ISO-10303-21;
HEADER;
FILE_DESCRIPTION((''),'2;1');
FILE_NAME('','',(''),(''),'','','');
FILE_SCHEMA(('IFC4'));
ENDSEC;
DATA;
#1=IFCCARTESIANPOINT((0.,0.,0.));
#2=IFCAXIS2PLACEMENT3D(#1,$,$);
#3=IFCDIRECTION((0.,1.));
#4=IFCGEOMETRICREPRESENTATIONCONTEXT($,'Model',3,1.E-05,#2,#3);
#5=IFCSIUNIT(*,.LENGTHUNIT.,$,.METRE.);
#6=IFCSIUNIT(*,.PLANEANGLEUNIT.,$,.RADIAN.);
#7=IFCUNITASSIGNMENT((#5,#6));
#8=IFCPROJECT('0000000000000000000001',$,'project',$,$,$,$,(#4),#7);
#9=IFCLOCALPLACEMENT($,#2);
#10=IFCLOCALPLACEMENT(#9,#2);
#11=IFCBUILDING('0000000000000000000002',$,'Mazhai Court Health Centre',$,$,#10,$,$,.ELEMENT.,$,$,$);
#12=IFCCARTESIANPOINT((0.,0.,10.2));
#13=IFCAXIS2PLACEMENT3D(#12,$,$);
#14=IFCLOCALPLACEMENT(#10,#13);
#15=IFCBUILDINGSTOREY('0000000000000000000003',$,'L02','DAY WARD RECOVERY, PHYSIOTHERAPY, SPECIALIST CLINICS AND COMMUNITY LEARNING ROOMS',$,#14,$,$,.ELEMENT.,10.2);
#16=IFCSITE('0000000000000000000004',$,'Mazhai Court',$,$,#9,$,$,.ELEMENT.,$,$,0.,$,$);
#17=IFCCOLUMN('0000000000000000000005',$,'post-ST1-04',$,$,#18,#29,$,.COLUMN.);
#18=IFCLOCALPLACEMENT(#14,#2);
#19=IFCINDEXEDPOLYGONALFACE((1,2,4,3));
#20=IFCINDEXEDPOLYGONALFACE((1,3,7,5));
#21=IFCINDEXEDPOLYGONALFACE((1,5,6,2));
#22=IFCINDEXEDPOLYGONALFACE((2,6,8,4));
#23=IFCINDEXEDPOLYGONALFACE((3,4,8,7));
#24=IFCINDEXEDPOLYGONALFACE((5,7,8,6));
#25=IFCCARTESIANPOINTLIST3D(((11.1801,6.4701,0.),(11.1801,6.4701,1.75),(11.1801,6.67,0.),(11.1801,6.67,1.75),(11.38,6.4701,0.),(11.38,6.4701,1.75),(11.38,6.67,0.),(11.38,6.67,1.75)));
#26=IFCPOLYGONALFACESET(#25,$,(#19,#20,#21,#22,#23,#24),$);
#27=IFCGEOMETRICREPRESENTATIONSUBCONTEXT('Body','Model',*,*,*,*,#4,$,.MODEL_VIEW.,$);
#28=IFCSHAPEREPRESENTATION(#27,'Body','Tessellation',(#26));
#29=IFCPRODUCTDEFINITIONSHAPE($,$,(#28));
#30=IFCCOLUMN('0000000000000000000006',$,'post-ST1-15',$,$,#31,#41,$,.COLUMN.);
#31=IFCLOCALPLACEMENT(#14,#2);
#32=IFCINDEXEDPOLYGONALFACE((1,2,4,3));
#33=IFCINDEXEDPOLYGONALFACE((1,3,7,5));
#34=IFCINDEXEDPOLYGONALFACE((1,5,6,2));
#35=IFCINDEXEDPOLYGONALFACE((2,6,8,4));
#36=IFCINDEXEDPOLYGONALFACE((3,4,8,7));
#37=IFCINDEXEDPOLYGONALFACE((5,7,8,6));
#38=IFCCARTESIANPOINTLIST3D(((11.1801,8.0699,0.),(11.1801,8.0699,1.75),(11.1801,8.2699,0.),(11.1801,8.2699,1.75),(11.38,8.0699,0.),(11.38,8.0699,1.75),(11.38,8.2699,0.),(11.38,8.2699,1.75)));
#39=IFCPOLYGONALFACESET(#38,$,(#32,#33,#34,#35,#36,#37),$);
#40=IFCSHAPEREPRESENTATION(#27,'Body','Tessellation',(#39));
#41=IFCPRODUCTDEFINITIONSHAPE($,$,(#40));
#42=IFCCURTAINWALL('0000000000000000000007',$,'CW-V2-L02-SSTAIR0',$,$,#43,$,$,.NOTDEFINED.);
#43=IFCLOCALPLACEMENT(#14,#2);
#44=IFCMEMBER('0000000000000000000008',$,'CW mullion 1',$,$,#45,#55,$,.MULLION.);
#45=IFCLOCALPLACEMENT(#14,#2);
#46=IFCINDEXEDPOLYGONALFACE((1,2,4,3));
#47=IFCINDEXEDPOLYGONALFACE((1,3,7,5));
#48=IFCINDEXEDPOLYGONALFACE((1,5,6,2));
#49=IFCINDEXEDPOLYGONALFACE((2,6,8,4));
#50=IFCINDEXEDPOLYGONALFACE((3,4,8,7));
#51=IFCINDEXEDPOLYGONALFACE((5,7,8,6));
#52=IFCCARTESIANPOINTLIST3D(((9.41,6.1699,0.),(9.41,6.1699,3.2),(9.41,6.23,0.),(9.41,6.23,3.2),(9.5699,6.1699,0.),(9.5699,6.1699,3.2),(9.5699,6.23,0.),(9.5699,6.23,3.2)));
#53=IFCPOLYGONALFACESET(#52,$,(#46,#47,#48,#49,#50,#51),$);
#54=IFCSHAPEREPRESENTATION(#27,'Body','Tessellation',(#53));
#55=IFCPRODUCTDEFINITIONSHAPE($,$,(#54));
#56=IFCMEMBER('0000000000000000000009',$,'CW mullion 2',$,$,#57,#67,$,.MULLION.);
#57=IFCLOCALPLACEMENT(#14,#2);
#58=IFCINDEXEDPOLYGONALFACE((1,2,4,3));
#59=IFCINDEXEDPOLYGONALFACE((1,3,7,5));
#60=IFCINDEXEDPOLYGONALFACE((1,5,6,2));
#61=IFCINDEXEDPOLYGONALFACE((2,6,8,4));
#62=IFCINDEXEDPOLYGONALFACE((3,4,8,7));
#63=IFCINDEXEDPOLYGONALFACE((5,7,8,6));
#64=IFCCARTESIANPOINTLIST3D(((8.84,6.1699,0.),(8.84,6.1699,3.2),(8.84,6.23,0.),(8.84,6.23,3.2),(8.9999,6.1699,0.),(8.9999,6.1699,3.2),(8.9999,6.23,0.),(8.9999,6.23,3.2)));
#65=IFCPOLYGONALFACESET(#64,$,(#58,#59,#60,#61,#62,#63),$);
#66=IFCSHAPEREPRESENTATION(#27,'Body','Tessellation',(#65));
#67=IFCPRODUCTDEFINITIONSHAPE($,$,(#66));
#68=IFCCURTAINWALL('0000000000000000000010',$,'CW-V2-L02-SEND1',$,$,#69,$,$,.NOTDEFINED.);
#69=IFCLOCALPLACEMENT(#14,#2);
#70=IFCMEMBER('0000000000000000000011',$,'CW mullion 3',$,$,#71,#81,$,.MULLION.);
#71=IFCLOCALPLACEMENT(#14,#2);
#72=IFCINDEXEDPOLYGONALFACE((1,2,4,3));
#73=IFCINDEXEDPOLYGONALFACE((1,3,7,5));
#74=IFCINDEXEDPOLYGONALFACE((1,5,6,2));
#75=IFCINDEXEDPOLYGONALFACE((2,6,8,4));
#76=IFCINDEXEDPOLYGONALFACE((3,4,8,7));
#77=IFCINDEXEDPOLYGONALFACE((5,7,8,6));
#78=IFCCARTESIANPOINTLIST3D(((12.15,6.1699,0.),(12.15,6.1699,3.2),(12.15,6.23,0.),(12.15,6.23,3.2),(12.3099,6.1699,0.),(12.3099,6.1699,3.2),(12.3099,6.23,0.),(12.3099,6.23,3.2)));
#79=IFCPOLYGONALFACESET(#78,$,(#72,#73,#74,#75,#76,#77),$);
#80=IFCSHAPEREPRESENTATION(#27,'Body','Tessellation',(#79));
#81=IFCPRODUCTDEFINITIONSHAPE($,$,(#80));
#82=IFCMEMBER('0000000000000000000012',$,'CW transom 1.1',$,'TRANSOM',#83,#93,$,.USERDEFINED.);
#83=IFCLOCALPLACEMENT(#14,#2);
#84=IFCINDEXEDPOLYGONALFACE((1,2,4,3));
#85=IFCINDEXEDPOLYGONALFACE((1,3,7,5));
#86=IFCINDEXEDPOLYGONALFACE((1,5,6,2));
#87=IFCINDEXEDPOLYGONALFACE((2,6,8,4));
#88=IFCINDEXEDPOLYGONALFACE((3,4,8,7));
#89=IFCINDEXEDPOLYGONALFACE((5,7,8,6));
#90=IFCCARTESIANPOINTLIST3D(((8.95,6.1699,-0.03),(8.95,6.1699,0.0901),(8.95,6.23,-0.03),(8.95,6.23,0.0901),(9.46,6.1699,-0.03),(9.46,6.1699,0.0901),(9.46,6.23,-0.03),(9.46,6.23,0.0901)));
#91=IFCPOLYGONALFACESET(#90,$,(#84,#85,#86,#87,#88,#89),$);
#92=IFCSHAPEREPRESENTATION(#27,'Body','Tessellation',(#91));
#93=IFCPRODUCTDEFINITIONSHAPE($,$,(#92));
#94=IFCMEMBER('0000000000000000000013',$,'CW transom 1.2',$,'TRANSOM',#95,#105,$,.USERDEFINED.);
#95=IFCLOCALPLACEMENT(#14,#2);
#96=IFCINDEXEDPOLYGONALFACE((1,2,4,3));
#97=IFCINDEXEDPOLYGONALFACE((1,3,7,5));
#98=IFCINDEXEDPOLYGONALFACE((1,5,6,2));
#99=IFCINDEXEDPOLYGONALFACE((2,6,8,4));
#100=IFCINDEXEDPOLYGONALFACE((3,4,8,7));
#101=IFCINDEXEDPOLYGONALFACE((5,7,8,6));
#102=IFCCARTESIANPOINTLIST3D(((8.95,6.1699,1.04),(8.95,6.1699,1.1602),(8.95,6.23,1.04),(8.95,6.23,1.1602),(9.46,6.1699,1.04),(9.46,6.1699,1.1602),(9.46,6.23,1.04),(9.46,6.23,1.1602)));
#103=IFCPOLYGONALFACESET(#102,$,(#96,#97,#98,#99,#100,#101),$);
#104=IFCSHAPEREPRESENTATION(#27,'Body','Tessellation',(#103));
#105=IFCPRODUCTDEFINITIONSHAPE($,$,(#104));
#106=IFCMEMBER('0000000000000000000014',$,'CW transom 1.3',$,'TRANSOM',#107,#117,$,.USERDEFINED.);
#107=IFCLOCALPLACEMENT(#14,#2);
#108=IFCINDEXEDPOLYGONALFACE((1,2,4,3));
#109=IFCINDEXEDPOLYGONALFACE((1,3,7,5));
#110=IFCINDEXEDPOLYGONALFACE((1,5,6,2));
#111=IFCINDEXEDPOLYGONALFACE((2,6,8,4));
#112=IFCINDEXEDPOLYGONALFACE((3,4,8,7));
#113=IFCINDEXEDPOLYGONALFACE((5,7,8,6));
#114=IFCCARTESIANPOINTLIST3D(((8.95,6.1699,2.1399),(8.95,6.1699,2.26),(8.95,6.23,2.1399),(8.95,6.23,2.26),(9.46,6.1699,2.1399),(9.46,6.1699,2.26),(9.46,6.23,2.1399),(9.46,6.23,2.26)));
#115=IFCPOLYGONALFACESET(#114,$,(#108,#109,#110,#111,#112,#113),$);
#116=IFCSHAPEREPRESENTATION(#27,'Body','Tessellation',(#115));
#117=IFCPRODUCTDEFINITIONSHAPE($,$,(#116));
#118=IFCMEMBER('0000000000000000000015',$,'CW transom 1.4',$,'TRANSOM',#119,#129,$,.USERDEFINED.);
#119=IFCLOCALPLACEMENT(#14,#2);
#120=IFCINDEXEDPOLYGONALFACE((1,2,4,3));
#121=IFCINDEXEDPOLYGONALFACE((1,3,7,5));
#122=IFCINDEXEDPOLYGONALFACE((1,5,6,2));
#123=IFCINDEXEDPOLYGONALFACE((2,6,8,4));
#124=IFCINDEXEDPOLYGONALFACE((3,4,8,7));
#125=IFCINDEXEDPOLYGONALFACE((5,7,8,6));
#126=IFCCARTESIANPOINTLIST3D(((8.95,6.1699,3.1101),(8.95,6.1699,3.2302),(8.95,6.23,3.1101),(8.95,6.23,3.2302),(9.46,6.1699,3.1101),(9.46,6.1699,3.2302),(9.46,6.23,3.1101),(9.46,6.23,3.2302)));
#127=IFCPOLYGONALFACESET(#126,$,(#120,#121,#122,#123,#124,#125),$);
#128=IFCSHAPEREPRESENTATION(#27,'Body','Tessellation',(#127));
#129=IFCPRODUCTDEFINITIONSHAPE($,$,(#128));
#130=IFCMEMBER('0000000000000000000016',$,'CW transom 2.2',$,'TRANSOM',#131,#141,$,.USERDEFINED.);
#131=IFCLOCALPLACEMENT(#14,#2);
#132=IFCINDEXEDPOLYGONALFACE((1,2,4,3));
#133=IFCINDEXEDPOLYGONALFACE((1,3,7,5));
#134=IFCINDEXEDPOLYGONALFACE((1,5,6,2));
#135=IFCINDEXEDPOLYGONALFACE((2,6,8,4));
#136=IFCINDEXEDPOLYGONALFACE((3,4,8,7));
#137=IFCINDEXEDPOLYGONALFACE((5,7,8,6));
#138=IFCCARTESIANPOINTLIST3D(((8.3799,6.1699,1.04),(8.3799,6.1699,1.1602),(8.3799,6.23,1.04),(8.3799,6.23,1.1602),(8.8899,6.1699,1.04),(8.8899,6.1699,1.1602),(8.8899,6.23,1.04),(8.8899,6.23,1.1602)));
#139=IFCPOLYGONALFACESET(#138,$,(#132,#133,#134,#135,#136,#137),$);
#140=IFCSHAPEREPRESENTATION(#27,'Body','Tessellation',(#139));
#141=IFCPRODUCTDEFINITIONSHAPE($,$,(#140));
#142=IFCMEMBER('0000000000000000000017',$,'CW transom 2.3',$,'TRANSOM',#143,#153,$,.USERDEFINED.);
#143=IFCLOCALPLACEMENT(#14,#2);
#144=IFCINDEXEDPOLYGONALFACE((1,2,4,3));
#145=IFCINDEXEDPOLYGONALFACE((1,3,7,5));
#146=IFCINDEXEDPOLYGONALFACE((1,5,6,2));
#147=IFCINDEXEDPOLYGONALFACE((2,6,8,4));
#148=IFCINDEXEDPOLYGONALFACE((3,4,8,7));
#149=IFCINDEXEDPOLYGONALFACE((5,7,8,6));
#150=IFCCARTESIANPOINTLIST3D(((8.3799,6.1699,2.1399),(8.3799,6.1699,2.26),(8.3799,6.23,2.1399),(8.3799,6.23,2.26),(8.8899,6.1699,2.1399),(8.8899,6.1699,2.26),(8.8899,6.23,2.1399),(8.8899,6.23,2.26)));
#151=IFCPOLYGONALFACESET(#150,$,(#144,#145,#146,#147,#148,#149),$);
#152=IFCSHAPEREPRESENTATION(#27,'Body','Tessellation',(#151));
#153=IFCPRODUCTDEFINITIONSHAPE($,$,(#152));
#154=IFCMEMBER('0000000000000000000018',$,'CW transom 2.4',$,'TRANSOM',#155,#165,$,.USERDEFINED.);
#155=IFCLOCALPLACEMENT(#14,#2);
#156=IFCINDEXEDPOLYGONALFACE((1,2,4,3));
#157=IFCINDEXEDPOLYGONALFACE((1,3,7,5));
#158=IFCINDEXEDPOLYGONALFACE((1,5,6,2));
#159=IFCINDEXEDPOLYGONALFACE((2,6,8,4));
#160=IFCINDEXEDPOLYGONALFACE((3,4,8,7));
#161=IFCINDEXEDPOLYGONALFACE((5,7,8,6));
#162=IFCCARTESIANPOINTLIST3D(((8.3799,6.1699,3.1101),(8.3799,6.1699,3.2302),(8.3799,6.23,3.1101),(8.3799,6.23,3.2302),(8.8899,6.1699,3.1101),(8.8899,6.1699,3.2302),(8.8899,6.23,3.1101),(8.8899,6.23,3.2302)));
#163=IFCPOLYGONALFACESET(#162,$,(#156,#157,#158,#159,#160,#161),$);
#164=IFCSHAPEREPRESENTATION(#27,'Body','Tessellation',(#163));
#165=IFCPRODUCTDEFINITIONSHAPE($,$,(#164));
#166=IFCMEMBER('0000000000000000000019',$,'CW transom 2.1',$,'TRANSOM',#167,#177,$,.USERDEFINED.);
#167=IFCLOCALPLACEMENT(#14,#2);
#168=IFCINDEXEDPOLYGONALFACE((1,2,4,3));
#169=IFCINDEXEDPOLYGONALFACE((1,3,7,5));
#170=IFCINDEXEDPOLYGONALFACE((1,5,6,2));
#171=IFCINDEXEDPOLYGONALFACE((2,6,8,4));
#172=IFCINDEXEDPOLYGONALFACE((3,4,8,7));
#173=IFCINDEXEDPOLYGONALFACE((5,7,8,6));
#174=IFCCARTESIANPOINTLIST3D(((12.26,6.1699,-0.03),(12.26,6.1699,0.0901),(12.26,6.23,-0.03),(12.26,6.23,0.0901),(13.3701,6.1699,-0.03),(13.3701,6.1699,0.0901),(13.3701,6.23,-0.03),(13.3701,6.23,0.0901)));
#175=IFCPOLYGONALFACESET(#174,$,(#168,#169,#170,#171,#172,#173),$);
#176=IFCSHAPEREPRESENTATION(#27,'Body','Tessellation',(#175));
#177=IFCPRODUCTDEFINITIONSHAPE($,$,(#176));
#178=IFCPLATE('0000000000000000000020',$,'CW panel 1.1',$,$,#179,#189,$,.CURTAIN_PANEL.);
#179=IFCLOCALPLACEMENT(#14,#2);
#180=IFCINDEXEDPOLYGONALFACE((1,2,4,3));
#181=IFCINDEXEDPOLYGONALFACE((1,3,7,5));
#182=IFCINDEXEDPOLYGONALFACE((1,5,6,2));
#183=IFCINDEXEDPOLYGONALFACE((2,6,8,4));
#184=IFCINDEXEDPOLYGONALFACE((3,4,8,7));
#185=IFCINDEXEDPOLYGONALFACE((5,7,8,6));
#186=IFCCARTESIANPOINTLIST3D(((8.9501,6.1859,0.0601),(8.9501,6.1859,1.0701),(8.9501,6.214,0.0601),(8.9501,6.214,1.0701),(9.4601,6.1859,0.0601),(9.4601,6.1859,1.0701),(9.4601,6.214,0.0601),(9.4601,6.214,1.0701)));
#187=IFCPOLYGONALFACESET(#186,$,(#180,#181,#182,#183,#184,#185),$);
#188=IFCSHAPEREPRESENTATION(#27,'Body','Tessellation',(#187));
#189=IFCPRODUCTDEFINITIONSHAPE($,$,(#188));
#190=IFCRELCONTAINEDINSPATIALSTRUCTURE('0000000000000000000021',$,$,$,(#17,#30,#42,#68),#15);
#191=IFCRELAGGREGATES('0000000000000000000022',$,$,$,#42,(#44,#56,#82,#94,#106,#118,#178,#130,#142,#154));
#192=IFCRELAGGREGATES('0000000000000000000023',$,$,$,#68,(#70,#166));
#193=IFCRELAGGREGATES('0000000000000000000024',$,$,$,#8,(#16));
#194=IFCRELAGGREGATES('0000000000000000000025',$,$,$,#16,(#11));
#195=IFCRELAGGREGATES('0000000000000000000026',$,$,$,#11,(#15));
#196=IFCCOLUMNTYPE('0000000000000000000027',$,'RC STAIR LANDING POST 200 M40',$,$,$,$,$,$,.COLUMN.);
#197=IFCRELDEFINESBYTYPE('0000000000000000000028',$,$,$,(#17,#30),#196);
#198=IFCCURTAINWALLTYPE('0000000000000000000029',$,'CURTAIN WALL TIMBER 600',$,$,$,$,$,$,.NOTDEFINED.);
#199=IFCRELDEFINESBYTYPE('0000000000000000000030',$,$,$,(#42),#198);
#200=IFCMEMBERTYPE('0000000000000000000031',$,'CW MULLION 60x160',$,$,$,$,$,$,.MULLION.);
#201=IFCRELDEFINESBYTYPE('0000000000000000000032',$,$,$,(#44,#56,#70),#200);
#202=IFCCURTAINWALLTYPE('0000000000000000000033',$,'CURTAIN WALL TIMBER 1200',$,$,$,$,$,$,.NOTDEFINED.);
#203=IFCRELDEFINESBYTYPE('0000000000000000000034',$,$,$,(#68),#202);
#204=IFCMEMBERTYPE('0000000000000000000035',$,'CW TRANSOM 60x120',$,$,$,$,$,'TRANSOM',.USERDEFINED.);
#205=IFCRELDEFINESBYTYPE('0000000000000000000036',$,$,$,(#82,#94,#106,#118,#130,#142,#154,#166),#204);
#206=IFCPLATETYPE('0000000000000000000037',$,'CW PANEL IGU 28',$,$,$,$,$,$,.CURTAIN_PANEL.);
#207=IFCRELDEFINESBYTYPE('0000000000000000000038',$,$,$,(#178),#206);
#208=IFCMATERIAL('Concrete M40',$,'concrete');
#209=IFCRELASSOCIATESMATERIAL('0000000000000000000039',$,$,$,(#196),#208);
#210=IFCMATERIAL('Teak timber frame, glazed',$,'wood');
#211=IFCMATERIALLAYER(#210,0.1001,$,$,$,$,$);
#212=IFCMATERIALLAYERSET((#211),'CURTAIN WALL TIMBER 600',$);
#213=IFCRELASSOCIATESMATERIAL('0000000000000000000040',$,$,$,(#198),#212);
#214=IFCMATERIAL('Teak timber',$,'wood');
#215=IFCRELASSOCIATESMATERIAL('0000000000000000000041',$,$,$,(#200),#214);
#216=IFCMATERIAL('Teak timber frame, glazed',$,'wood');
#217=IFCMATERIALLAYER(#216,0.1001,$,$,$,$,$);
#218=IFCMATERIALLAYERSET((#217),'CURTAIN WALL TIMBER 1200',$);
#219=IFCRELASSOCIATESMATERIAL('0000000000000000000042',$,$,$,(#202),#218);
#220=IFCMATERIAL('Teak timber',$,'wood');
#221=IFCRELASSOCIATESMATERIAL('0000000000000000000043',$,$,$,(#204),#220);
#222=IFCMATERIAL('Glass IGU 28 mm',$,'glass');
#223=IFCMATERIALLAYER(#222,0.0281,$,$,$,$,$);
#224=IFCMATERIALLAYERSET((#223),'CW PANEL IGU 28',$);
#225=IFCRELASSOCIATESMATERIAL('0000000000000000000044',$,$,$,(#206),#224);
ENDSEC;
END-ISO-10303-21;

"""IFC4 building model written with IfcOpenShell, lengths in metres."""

from ifc_helpers import new_model, si_unit, direction, frame, origin, origin_2d, place, context, subcontext, project, spatial, rectangle, extrude, material, layer, layer_set, material_profile, profile_set, type_object, element, aggregate, save


model = new_model("IFC4")

# Units and contexts
model_context = context("Model", 3, precision=1e-05, world=origin(), true_north=direction((0.0, 1.0)))
body_context = subcontext(model_context, "Body", "Model", "MODEL_VIEW")
ifc_project = project(units=[si_unit("LENGTHUNIT", "METRE"), si_unit("PLANEANGLEUNIT", "RADIAN")], contexts=[model_context])

# Site, building, storey
site_placement = place(None, origin())
site = spatial("IfcSite", under=ifc_project, at=site_placement, Name="Mazhai Court", CompositionType="ELEMENT", RefElevation=0.0)
building_placement = place(site_placement, origin())
building = spatial("IfcBuilding", under=site, at=building_placement, Name="Mazhai Court Health Centre", CompositionType="ELEMENT")
storey_placement = place(building_placement, frame((0.0, 0.0, 10.2)))
storey = spatial("IfcBuildingStorey", under=building, at=storey_placement, Name="L02", Description="DAY WARD RECOVERY, PHYSIOTHERAPY, SPECIALIST CLINICS AND COMMUNITY LEARNING ROOMS", CompositionType="ELEMENT", Elevation=10.2)

# Columns
ifc_material_1 = material(Name="Concrete M40", Category="concrete")
ifc_material_profile_1 = material_profile(ifc_material_1, rectangle(XDim=0.2, YDim=0.2, at=origin_2d()), Name="RC 200x200")
ifc_profile_set_1 = profile_set([ifc_material_profile_1], Name="Concrete M40")
column_type = type_object("IfcColumnType", Name="RC STAIR LANDING POST 200 M40", PredefinedType="COLUMN", material=ifc_profile_set_1)
for number, where, z_axis, x_axis, name in (
    (1, (11.28, 6.5701, 0.0), (0.0, 0.0, 1.0), (1.0, 0.0, 0.0), "post-ST1-04"),
    (2, (11.28, 8.1699, 0.0), (0.0, 0.0, 1.0), (1.0, 0.0, 0.0), "post-ST1-15"),
):
    element("IfcColumn", number, at=place(storey_placement, frame(where, z_axis=z_axis, x_axis=x_axis)), inside=storey, type_object=column_type, Name=name, PredefinedType="COLUMN", context=body_context, shape_type="SweptSolid", body=[
        extrude(rectangle(XDim=0.2, YDim=0.2, at=origin_2d()), origin(), (0.0, 0.0, 1.0), 1.75),
    ])

# Curtain wall, members
ifc_material_2 = material(Name="Teak timber frame, glazed", Category="wood")
ifc_layer_1 = layer(ifc_material_2, 0.1001)
ifc_layer_set_1 = layer_set([ifc_layer_1], Name="CURTAIN WALL TIMBER 600")
curtain_wall_type_1 = type_object("IfcCurtainWallType", Name="CURTAIN WALL TIMBER 600", PredefinedType="NOTDEFINED", material=ifc_layer_set_1)
curtain_wall_1_placement = place(storey_placement, origin())
curtain_wall_1 = element("IfcCurtainWall", 3, at=curtain_wall_1_placement, inside=storey, type_object=curtain_wall_type_1, Name="CW-V2-L02-SSTAIR0", PredefinedType="NOTDEFINED")
ifc_material_3 = material(Name="Teak timber", Category="wood")
ifc_material_profile_2 = material_profile(ifc_material_3, rectangle(XDim=0.0601, YDim=0.1599, at=origin_2d()), Name="CW MULLION 60x160")
ifc_profile_set_2 = profile_set([ifc_material_profile_2], Name="Teak timber")
member_type_1 = type_object("IfcMemberType", Name="CW MULLION 60x160", PredefinedType="MULLION", material=ifc_profile_set_2)
member_1_placement = place(storey_placement, frame((9.49, 6.2, 0.0), z_axis=(0.0, 0.0, 1.0), x_axis=(0.0, -1.0, 0.0)))
member_1 = element("IfcMember", 4, at=member_1_placement, type_object=member_type_1, Name="CW mullion 1", PredefinedType="MULLION", context=body_context, shape_type="SweptSolid", body=[
    extrude(rectangle(XDim=0.0601, YDim=0.1599, at=origin_2d()), origin(), (0.0, 0.0, 1.0), 3.2),
])
member_2_placement = place(storey_placement, frame((8.9199, 6.2, 0.0), z_axis=(0.0, 0.0, 1.0), x_axis=(0.0, -1.0, 0.0)))
member_2 = element("IfcMember", 5, at=member_2_placement, type_object=member_type_1, Name="CW mullion 2", PredefinedType="MULLION", context=body_context, shape_type="SweptSolid", body=[
    extrude(rectangle(XDim=0.0601, YDim=0.1599, at=origin_2d()), origin(), (0.0, 0.0, 1.0), 3.2),
])

# Curtain wall, member
ifc_material_4 = material(Name="Teak timber frame, glazed", Category="wood")
ifc_layer_2 = layer(ifc_material_4, 0.1001)
ifc_layer_set_2 = layer_set([ifc_layer_2], Name="CURTAIN WALL TIMBER 1200")
curtain_wall_type_2 = type_object("IfcCurtainWallType", Name="CURTAIN WALL TIMBER 1200", PredefinedType="NOTDEFINED", material=ifc_layer_set_2)
curtain_wall_2_placement = place(storey_placement, origin())
curtain_wall_2 = element("IfcCurtainWall", 6, at=curtain_wall_2_placement, inside=storey, type_object=curtain_wall_type_2, Name="CW-V2-L02-SEND1", PredefinedType="NOTDEFINED")
member_3_placement = place(storey_placement, frame((12.23, 6.2, 0.0), z_axis=(0.0, 0.0, 1.0), x_axis=(0.0, -1.0, 0.0)))
member_3 = element("IfcMember", 7, at=member_3_placement, type_object=member_type_1, Name="CW mullion 3", PredefinedType="MULLION", context=body_context, shape_type="SweptSolid", body=[
    extrude(rectangle(XDim=0.0601, YDim=0.1599, at=origin_2d()), origin(), (0.0, 0.0, 1.0), 3.2),
])

# Members
ifc_material_5 = material(Name="Teak timber", Category="wood")
ifc_material_profile_3 = material_profile(ifc_material_5, rectangle(XDim=0.0601, YDim=0.1201, at=origin_2d()), Name="CW TRANSOM 60x120")
ifc_profile_set_3 = profile_set([ifc_material_profile_3], Name="Teak timber")
member_type_2 = type_object("IfcMemberType", Name="CW TRANSOM 60x120", ElementType="TRANSOM", PredefinedType="USERDEFINED", material=ifc_profile_set_3)
member_4_placement = place(storey_placement, frame((9.46, 6.2, 0.03), z_axis=(-1.0, 0.0, 0.0), x_axis=(0.0, -1.0, 0.0)))
member_4 = element("IfcMember", 8, at=member_4_placement, type_object=member_type_2, Name="CW transom 1.1", ObjectType="TRANSOM", PredefinedType="USERDEFINED", context=body_context, shape_type="SweptSolid", body=[
    extrude(rectangle(XDim=0.0601, YDim=0.1201, at=origin_2d()), origin(), (0.0, 0.0, 1.0), 0.51),
])
member_5_placement = place(storey_placement, frame((9.46, 6.2, 1.1001), z_axis=(-1.0, 0.0, 0.0), x_axis=(0.0, -1.0, 0.0)))
member_5 = element("IfcMember", 9, at=member_5_placement, type_object=member_type_2, Name="CW transom 1.2", ObjectType="TRANSOM", PredefinedType="USERDEFINED", context=body_context, shape_type="SweptSolid", body=[
    extrude(rectangle(XDim=0.0601, YDim=0.1201, at=origin_2d()), origin(), (0.0, 0.0, 1.0), 0.51),
])
member_6_placement = place(storey_placement, frame((9.46, 6.2, 2.2), z_axis=(-1.0, 0.0, 0.0), x_axis=(0.0, -1.0, 0.0)))
member_6 = element("IfcMember", 10, at=member_6_placement, type_object=member_type_2, Name="CW transom 1.3", ObjectType="TRANSOM", PredefinedType="USERDEFINED", context=body_context, shape_type="SweptSolid", body=[
    extrude(rectangle(XDim=0.0601, YDim=0.1201, at=origin_2d()), origin(), (0.0, 0.0, 1.0), 0.51),
])
member_7_placement = place(storey_placement, frame((9.46, 6.2, 3.1702), z_axis=(-1.0, 0.0, 0.0), x_axis=(0.0, -1.0, 0.0)))
member_7 = element("IfcMember", 11, at=member_7_placement, type_object=member_type_2, Name="CW transom 1.4", ObjectType="TRANSOM", PredefinedType="USERDEFINED", context=body_context, shape_type="SweptSolid", body=[
    extrude(rectangle(XDim=0.0601, YDim=0.1201, at=origin_2d()), origin(), (0.0, 0.0, 1.0), 0.51),
])
member_8_placement = place(storey_placement, frame((8.8899, 6.2, 1.1001), z_axis=(-1.0, 0.0, 0.0), x_axis=(0.0, -1.0, 0.0)))
member_8 = element("IfcMember", 12, at=member_8_placement, type_object=member_type_2, Name="CW transom 2.2", ObjectType="TRANSOM", PredefinedType="USERDEFINED", context=body_context, shape_type="SweptSolid", body=[
    extrude(rectangle(XDim=0.0601, YDim=0.1201, at=origin_2d()), origin(), (0.0, 0.0, 1.0), 0.51),
])
member_9_placement = place(storey_placement, frame((8.8899, 6.2, 2.2), z_axis=(-1.0, 0.0, 0.0), x_axis=(0.0, -1.0, 0.0)))
member_9 = element("IfcMember", 13, at=member_9_placement, type_object=member_type_2, Name="CW transom 2.3", ObjectType="TRANSOM", PredefinedType="USERDEFINED", context=body_context, shape_type="SweptSolid", body=[
    extrude(rectangle(XDim=0.0601, YDim=0.1201, at=origin_2d()), origin(), (0.0, 0.0, 1.0), 0.51),
])
member_10_placement = place(storey_placement, frame((8.8899, 6.2, 3.1702), z_axis=(-1.0, 0.0, 0.0), x_axis=(0.0, -1.0, 0.0)))
member_10 = element("IfcMember", 14, at=member_10_placement, type_object=member_type_2, Name="CW transom 2.4", ObjectType="TRANSOM", PredefinedType="USERDEFINED", context=body_context, shape_type="SweptSolid", body=[
    extrude(rectangle(XDim=0.0601, YDim=0.1201, at=origin_2d()), origin(), (0.0, 0.0, 1.0), 0.51),
])
member_11_placement = place(storey_placement, frame((13.3701, 6.2, 0.03), z_axis=(-1.0, 0.0, 0.0), x_axis=(0.0, -1.0, 0.0)))
member_11 = element("IfcMember", 15, at=member_11_placement, type_object=member_type_2, Name="CW transom 2.1", ObjectType="TRANSOM", PredefinedType="USERDEFINED", context=body_context, shape_type="SweptSolid", body=[
    extrude(rectangle(XDim=0.0601, YDim=0.1201, at=origin_2d()), origin(), (0.0, 0.0, 1.0), 1.1101),
])

# Plate
ifc_material_6 = material(Name="Glass IGU 28 mm", Category="glass")
ifc_layer_3 = layer(ifc_material_6, 0.0281)
ifc_layer_set_3 = layer_set([ifc_layer_3], Name="CW PANEL IGU 28")
plate_type = type_object("IfcPlateType", Name="CW PANEL IGU 28", PredefinedType="CURTAIN_PANEL", material=ifc_layer_set_3)
plate_1_placement = place(storey_placement, frame((9.2051, 6.2, 0.0601), z_axis=(0.0, 0.0, 1.0), x_axis=(-1.0, 0.0, 0.0)))
plate_1 = element("IfcPlate", 16, at=plate_1_placement, type_object=plate_type, Name="CW panel 1.1", PredefinedType="CURTAIN_PANEL", context=body_context, shape_type="SweptSolid", body=[
    extrude(rectangle(XDim=0.51, YDim=0.0281, at=origin_2d()), origin(), (0.0, 0.0, 1.0), 1.01),
])
aggregate(curtain_wall_1, [member_1, member_2, member_4, member_5, member_6, member_7, plate_1, member_8, member_9, member_10])
aggregate(curtain_wall_2, [member_3, member_11])

save(model, "model.ifc")
